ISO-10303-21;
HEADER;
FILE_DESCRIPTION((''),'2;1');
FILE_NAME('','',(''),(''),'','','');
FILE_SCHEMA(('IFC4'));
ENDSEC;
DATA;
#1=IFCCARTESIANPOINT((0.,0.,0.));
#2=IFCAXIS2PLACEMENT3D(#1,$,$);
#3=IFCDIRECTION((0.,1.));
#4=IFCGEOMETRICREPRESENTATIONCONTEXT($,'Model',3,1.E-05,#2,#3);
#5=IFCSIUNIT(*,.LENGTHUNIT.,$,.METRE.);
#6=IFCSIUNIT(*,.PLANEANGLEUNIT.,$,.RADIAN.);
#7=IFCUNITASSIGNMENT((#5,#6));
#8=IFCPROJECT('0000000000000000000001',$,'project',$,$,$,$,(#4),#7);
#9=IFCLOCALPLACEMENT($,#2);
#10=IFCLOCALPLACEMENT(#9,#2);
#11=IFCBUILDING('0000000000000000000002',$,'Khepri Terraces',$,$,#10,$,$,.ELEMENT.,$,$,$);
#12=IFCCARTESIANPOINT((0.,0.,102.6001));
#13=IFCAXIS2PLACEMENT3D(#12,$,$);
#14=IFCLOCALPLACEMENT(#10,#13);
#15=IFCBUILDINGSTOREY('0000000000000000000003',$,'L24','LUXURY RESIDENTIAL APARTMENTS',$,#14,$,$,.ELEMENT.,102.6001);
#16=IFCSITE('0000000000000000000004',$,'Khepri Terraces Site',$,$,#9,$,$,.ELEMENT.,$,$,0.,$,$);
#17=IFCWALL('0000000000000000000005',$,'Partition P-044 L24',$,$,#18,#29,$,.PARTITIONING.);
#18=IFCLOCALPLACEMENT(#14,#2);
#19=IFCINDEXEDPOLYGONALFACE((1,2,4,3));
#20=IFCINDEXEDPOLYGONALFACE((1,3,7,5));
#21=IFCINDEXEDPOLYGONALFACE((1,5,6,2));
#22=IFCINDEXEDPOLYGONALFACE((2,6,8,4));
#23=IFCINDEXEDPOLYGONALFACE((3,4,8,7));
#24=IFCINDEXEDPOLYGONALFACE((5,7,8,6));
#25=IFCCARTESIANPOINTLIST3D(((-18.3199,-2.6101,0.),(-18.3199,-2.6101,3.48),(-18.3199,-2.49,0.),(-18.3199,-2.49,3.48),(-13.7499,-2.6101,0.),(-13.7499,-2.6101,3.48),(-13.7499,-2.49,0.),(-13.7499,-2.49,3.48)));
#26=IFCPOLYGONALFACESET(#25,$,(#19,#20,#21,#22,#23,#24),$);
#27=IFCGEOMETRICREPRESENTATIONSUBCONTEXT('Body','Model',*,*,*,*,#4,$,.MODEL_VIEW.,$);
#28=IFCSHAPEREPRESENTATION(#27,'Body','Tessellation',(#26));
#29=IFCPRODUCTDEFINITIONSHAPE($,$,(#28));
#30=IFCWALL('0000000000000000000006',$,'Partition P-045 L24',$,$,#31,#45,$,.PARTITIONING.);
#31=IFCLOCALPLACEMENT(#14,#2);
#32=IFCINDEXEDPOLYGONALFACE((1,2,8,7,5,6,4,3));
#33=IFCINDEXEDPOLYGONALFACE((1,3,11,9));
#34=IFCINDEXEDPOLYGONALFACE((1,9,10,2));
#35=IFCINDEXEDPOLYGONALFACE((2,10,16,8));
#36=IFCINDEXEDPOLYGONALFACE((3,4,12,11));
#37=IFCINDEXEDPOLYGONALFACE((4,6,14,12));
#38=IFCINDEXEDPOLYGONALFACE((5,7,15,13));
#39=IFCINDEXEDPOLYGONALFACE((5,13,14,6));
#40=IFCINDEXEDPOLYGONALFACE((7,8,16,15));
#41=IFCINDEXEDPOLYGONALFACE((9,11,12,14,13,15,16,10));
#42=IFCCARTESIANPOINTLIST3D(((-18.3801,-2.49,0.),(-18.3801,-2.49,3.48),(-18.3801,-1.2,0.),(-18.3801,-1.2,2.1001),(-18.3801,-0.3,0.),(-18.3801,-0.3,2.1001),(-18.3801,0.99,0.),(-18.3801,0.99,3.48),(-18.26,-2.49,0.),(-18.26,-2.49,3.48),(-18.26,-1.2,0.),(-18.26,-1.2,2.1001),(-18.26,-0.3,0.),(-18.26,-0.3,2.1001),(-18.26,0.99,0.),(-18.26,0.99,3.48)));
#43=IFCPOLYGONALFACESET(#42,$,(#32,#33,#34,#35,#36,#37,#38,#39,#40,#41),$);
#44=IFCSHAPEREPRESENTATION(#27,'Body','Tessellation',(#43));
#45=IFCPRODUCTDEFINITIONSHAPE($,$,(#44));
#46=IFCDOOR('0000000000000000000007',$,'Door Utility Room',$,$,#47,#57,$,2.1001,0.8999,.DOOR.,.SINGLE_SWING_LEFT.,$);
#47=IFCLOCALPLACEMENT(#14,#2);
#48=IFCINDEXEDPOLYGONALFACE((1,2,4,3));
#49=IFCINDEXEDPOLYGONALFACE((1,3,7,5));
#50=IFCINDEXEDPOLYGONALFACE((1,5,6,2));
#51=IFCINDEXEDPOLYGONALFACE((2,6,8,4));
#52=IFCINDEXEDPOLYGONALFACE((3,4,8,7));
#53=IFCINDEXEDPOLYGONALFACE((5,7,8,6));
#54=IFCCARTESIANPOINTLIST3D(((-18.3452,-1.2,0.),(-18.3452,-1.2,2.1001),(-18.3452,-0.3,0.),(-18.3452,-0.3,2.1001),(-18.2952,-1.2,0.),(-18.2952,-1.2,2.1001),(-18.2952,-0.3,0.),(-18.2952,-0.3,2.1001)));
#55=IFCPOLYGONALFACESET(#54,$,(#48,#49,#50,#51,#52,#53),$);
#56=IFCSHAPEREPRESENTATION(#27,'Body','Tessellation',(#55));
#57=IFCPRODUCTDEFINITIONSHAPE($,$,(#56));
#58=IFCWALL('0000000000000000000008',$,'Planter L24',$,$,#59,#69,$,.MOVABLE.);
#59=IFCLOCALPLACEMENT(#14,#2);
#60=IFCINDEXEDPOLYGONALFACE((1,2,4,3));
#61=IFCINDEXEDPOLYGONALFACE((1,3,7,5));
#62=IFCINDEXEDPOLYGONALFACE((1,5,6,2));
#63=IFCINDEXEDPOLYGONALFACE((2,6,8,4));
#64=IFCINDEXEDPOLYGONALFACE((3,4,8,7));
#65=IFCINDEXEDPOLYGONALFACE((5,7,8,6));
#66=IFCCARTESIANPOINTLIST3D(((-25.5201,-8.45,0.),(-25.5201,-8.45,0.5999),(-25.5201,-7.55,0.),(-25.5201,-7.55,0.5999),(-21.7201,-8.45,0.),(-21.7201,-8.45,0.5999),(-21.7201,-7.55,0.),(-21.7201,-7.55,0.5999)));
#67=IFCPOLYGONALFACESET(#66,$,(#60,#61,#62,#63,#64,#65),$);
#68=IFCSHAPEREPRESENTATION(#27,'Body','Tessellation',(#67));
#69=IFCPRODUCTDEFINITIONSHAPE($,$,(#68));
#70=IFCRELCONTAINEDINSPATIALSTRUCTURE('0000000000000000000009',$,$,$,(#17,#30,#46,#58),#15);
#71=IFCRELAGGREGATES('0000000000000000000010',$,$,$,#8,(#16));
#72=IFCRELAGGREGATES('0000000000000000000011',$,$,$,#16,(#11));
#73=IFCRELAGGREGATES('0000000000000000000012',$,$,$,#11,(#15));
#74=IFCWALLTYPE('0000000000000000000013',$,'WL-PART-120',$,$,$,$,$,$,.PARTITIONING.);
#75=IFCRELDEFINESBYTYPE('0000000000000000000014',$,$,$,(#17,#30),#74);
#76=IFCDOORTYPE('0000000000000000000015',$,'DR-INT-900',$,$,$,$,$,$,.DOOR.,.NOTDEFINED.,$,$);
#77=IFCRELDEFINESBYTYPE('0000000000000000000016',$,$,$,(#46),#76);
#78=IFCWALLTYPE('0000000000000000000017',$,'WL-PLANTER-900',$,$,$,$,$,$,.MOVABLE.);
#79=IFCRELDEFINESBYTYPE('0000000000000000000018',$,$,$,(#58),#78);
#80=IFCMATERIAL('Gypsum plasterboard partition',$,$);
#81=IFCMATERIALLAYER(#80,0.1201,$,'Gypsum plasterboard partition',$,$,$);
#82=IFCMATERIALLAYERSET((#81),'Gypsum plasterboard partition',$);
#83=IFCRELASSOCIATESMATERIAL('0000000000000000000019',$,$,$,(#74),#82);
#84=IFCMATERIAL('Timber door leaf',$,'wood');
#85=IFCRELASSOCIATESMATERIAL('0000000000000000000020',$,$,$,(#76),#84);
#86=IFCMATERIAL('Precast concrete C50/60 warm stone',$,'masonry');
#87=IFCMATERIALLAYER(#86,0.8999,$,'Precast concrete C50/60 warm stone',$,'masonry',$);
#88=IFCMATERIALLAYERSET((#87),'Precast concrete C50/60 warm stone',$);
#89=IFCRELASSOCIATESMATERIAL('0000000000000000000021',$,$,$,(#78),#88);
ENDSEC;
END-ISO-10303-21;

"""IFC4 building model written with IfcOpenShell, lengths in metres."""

from ifc_helpers import new_model, si_unit, direction, frame, frame_2d, origin, place, context, subcontext, project, spatial, rectangle, extrude, material, layer, layer_set, type_object, element, fill, save


model = new_model("IFC4")

# Units and contexts
model_context = context("Model", 3, precision=1e-05, world=origin(), true_north=direction((0.0, 1.0)))
body_context = subcontext(model_context, "Body", "Model", "MODEL_VIEW")
ifc_project = project(units=[si_unit("LENGTHUNIT", "METRE"), si_unit("PLANEANGLEUNIT", "RADIAN")], contexts=[model_context])

# Site, building, storey
site_placement = place(None, origin())
site = spatial("IfcSite", under=ifc_project, at=site_placement, Name="Khepri Terraces Site", CompositionType="ELEMENT", RefElevation=0.0)
building_placement = place(site_placement, origin())
building = spatial("IfcBuilding", under=site, at=building_placement, Name="Khepri Terraces", CompositionType="ELEMENT")
storey_placement = place(building_placement, frame((0.0, 0.0, 102.6001)))
storey = spatial("IfcBuildingStorey", under=building, at=storey_placement, Name="L24", Description="LUXURY RESIDENTIAL APARTMENTS", CompositionType="ELEMENT", Elevation=102.6001)

# Shared definitions
ifc_material_1 = material(Name="Precast concrete C50/60 warm stone", Category="masonry")

# Shared definitions
ifc_material_2 = material(Name="Gypsum plasterboard partition")
ifc_layer_1 = layer(ifc_material_2, 0.1201, Name="Gypsum plasterboard partition")
ifc_layer_set_1 = layer_set([ifc_layer_1], Name="Gypsum plasterboard partition")
wall_type_1 = type_object("IfcWallType", Name="WL-PART-120", PredefinedType="PARTITIONING", material=ifc_layer_set_1)

# Shared definitions
ifc_material_3 = material(Name="Timber door leaf", Category="wood")
door_type_1 = type_object("IfcDoorType", Name="DR-INT-900", OperationType="NOTDEFINED", PredefinedType="DOOR", material=ifc_material_3)

# Wall
wall_1_placement = place(storey_placement, frame((-18.3201, -2.55, 0.0), z_axis=(0.0, 0.0, 1.0), x_axis=(1.0, 0.0, 0.0)))
element("IfcWall", 1, at=wall_1_placement, inside=storey, type_object=wall_type_1, Name="Partition P-044 L24", PredefinedType="PARTITIONING", context=body_context, shape_type="SweptSolid", body=[
    extrude(rectangle(XDim=4.5701, YDim=0.1201, at=frame_2d((2.2852, 0.0))), origin(), (0.0, 0.0, 1.0), 3.48),
])

# Wall, opening, door
wall_2_placement = place(storey_placement, frame((-18.3201, -2.49, 0.0), z_axis=(0.0, 0.0, 1.0), x_axis=(0.0, 1.0, 0.0)))
wall_2 = element("IfcWall", 2, at=wall_2_placement, inside=storey, type_object=wall_type_1, Name="Partition P-045 L24", PredefinedType="PARTITIONING", context=body_context, shape_type="SweptSolid", body=[
    extrude(rectangle(XDim=3.48, YDim=0.1201, at=frame_2d((1.74, 0.0))), origin(), (0.0, 0.0, 1.0), 3.48),
])
opening_1_placement = place(wall_2_placement, frame((1.29, 0.0, 0.0)))
opening_1 = element("IfcOpeningElement", 3, at=opening_1_placement, cuts=wall_2, PredefinedType="OPENING", context=body_context, shape_type="SweptSolid", body=[
    extrude(rectangle(XDim=0.8999, YDim=2.1001, at=frame_2d((0.45, 1.05))), frame((0.0, 0.0701, 0.0), z_axis=(0.0, -1.0, 0.0), x_axis=(1.0, 0.0, 0.0)), (0.0, 0.0, 1.0), 0.1401),
])
door_1_placement = place(opening_1_placement, frame((0.8999, 0.0, 0.0), z_axis=(0.0, 0.0, 1.0), x_axis=(-1.0, 0.0, 0.0)))
door_1 = element("IfcDoor", 4, at=door_1_placement, inside=storey, type_object=door_type_1, Name="Door Utility Room", OperationType="SINGLE_SWING_LEFT", OverallHeight=2.1001, OverallWidth=0.8999, PredefinedType="DOOR", context=body_context, shape_type="SweptSolid", body=[
    extrude(rectangle(XDim=0.8999, YDim=2.1001, at=frame_2d((0.45, 1.05))), frame((0.0, 0.0249, 0.0), z_axis=(0.0, -1.0, 0.0), x_axis=(1.0, 0.0, 0.0)), (0.0, 0.0, 1.0), 0.05),
])
fill(opening_1, door_1)

# Wall
ifc_layer_2 = layer(ifc_material_1, 0.8999, Name="Precast concrete C50/60 warm stone", Category="masonry")
ifc_layer_set_2 = layer_set([ifc_layer_2], Name="Precast concrete C50/60 warm stone")
wall_type_2 = type_object("IfcWallType", Name="WL-PLANTER-900", PredefinedType="MOVABLE", material=ifc_layer_set_2)
wall_3_placement = place(storey_placement, frame((-25.52, -8.0, 0.0), z_axis=(0.0, 0.0, 1.0), x_axis=(1.0, 0.0, 0.0)))
element("IfcWall", 5, at=wall_3_placement, inside=storey, type_object=wall_type_2, Name="Planter L24", PredefinedType="MOVABLE", context=body_context, shape_type="SweptSolid", body=[
    extrude(rectangle(XDim=3.8, YDim=0.8999, at=frame_2d((1.8999, 0.0))), origin(), (0.0, 0.0, 1.0), 0.5999),
])

save(model, "model.ifc")
